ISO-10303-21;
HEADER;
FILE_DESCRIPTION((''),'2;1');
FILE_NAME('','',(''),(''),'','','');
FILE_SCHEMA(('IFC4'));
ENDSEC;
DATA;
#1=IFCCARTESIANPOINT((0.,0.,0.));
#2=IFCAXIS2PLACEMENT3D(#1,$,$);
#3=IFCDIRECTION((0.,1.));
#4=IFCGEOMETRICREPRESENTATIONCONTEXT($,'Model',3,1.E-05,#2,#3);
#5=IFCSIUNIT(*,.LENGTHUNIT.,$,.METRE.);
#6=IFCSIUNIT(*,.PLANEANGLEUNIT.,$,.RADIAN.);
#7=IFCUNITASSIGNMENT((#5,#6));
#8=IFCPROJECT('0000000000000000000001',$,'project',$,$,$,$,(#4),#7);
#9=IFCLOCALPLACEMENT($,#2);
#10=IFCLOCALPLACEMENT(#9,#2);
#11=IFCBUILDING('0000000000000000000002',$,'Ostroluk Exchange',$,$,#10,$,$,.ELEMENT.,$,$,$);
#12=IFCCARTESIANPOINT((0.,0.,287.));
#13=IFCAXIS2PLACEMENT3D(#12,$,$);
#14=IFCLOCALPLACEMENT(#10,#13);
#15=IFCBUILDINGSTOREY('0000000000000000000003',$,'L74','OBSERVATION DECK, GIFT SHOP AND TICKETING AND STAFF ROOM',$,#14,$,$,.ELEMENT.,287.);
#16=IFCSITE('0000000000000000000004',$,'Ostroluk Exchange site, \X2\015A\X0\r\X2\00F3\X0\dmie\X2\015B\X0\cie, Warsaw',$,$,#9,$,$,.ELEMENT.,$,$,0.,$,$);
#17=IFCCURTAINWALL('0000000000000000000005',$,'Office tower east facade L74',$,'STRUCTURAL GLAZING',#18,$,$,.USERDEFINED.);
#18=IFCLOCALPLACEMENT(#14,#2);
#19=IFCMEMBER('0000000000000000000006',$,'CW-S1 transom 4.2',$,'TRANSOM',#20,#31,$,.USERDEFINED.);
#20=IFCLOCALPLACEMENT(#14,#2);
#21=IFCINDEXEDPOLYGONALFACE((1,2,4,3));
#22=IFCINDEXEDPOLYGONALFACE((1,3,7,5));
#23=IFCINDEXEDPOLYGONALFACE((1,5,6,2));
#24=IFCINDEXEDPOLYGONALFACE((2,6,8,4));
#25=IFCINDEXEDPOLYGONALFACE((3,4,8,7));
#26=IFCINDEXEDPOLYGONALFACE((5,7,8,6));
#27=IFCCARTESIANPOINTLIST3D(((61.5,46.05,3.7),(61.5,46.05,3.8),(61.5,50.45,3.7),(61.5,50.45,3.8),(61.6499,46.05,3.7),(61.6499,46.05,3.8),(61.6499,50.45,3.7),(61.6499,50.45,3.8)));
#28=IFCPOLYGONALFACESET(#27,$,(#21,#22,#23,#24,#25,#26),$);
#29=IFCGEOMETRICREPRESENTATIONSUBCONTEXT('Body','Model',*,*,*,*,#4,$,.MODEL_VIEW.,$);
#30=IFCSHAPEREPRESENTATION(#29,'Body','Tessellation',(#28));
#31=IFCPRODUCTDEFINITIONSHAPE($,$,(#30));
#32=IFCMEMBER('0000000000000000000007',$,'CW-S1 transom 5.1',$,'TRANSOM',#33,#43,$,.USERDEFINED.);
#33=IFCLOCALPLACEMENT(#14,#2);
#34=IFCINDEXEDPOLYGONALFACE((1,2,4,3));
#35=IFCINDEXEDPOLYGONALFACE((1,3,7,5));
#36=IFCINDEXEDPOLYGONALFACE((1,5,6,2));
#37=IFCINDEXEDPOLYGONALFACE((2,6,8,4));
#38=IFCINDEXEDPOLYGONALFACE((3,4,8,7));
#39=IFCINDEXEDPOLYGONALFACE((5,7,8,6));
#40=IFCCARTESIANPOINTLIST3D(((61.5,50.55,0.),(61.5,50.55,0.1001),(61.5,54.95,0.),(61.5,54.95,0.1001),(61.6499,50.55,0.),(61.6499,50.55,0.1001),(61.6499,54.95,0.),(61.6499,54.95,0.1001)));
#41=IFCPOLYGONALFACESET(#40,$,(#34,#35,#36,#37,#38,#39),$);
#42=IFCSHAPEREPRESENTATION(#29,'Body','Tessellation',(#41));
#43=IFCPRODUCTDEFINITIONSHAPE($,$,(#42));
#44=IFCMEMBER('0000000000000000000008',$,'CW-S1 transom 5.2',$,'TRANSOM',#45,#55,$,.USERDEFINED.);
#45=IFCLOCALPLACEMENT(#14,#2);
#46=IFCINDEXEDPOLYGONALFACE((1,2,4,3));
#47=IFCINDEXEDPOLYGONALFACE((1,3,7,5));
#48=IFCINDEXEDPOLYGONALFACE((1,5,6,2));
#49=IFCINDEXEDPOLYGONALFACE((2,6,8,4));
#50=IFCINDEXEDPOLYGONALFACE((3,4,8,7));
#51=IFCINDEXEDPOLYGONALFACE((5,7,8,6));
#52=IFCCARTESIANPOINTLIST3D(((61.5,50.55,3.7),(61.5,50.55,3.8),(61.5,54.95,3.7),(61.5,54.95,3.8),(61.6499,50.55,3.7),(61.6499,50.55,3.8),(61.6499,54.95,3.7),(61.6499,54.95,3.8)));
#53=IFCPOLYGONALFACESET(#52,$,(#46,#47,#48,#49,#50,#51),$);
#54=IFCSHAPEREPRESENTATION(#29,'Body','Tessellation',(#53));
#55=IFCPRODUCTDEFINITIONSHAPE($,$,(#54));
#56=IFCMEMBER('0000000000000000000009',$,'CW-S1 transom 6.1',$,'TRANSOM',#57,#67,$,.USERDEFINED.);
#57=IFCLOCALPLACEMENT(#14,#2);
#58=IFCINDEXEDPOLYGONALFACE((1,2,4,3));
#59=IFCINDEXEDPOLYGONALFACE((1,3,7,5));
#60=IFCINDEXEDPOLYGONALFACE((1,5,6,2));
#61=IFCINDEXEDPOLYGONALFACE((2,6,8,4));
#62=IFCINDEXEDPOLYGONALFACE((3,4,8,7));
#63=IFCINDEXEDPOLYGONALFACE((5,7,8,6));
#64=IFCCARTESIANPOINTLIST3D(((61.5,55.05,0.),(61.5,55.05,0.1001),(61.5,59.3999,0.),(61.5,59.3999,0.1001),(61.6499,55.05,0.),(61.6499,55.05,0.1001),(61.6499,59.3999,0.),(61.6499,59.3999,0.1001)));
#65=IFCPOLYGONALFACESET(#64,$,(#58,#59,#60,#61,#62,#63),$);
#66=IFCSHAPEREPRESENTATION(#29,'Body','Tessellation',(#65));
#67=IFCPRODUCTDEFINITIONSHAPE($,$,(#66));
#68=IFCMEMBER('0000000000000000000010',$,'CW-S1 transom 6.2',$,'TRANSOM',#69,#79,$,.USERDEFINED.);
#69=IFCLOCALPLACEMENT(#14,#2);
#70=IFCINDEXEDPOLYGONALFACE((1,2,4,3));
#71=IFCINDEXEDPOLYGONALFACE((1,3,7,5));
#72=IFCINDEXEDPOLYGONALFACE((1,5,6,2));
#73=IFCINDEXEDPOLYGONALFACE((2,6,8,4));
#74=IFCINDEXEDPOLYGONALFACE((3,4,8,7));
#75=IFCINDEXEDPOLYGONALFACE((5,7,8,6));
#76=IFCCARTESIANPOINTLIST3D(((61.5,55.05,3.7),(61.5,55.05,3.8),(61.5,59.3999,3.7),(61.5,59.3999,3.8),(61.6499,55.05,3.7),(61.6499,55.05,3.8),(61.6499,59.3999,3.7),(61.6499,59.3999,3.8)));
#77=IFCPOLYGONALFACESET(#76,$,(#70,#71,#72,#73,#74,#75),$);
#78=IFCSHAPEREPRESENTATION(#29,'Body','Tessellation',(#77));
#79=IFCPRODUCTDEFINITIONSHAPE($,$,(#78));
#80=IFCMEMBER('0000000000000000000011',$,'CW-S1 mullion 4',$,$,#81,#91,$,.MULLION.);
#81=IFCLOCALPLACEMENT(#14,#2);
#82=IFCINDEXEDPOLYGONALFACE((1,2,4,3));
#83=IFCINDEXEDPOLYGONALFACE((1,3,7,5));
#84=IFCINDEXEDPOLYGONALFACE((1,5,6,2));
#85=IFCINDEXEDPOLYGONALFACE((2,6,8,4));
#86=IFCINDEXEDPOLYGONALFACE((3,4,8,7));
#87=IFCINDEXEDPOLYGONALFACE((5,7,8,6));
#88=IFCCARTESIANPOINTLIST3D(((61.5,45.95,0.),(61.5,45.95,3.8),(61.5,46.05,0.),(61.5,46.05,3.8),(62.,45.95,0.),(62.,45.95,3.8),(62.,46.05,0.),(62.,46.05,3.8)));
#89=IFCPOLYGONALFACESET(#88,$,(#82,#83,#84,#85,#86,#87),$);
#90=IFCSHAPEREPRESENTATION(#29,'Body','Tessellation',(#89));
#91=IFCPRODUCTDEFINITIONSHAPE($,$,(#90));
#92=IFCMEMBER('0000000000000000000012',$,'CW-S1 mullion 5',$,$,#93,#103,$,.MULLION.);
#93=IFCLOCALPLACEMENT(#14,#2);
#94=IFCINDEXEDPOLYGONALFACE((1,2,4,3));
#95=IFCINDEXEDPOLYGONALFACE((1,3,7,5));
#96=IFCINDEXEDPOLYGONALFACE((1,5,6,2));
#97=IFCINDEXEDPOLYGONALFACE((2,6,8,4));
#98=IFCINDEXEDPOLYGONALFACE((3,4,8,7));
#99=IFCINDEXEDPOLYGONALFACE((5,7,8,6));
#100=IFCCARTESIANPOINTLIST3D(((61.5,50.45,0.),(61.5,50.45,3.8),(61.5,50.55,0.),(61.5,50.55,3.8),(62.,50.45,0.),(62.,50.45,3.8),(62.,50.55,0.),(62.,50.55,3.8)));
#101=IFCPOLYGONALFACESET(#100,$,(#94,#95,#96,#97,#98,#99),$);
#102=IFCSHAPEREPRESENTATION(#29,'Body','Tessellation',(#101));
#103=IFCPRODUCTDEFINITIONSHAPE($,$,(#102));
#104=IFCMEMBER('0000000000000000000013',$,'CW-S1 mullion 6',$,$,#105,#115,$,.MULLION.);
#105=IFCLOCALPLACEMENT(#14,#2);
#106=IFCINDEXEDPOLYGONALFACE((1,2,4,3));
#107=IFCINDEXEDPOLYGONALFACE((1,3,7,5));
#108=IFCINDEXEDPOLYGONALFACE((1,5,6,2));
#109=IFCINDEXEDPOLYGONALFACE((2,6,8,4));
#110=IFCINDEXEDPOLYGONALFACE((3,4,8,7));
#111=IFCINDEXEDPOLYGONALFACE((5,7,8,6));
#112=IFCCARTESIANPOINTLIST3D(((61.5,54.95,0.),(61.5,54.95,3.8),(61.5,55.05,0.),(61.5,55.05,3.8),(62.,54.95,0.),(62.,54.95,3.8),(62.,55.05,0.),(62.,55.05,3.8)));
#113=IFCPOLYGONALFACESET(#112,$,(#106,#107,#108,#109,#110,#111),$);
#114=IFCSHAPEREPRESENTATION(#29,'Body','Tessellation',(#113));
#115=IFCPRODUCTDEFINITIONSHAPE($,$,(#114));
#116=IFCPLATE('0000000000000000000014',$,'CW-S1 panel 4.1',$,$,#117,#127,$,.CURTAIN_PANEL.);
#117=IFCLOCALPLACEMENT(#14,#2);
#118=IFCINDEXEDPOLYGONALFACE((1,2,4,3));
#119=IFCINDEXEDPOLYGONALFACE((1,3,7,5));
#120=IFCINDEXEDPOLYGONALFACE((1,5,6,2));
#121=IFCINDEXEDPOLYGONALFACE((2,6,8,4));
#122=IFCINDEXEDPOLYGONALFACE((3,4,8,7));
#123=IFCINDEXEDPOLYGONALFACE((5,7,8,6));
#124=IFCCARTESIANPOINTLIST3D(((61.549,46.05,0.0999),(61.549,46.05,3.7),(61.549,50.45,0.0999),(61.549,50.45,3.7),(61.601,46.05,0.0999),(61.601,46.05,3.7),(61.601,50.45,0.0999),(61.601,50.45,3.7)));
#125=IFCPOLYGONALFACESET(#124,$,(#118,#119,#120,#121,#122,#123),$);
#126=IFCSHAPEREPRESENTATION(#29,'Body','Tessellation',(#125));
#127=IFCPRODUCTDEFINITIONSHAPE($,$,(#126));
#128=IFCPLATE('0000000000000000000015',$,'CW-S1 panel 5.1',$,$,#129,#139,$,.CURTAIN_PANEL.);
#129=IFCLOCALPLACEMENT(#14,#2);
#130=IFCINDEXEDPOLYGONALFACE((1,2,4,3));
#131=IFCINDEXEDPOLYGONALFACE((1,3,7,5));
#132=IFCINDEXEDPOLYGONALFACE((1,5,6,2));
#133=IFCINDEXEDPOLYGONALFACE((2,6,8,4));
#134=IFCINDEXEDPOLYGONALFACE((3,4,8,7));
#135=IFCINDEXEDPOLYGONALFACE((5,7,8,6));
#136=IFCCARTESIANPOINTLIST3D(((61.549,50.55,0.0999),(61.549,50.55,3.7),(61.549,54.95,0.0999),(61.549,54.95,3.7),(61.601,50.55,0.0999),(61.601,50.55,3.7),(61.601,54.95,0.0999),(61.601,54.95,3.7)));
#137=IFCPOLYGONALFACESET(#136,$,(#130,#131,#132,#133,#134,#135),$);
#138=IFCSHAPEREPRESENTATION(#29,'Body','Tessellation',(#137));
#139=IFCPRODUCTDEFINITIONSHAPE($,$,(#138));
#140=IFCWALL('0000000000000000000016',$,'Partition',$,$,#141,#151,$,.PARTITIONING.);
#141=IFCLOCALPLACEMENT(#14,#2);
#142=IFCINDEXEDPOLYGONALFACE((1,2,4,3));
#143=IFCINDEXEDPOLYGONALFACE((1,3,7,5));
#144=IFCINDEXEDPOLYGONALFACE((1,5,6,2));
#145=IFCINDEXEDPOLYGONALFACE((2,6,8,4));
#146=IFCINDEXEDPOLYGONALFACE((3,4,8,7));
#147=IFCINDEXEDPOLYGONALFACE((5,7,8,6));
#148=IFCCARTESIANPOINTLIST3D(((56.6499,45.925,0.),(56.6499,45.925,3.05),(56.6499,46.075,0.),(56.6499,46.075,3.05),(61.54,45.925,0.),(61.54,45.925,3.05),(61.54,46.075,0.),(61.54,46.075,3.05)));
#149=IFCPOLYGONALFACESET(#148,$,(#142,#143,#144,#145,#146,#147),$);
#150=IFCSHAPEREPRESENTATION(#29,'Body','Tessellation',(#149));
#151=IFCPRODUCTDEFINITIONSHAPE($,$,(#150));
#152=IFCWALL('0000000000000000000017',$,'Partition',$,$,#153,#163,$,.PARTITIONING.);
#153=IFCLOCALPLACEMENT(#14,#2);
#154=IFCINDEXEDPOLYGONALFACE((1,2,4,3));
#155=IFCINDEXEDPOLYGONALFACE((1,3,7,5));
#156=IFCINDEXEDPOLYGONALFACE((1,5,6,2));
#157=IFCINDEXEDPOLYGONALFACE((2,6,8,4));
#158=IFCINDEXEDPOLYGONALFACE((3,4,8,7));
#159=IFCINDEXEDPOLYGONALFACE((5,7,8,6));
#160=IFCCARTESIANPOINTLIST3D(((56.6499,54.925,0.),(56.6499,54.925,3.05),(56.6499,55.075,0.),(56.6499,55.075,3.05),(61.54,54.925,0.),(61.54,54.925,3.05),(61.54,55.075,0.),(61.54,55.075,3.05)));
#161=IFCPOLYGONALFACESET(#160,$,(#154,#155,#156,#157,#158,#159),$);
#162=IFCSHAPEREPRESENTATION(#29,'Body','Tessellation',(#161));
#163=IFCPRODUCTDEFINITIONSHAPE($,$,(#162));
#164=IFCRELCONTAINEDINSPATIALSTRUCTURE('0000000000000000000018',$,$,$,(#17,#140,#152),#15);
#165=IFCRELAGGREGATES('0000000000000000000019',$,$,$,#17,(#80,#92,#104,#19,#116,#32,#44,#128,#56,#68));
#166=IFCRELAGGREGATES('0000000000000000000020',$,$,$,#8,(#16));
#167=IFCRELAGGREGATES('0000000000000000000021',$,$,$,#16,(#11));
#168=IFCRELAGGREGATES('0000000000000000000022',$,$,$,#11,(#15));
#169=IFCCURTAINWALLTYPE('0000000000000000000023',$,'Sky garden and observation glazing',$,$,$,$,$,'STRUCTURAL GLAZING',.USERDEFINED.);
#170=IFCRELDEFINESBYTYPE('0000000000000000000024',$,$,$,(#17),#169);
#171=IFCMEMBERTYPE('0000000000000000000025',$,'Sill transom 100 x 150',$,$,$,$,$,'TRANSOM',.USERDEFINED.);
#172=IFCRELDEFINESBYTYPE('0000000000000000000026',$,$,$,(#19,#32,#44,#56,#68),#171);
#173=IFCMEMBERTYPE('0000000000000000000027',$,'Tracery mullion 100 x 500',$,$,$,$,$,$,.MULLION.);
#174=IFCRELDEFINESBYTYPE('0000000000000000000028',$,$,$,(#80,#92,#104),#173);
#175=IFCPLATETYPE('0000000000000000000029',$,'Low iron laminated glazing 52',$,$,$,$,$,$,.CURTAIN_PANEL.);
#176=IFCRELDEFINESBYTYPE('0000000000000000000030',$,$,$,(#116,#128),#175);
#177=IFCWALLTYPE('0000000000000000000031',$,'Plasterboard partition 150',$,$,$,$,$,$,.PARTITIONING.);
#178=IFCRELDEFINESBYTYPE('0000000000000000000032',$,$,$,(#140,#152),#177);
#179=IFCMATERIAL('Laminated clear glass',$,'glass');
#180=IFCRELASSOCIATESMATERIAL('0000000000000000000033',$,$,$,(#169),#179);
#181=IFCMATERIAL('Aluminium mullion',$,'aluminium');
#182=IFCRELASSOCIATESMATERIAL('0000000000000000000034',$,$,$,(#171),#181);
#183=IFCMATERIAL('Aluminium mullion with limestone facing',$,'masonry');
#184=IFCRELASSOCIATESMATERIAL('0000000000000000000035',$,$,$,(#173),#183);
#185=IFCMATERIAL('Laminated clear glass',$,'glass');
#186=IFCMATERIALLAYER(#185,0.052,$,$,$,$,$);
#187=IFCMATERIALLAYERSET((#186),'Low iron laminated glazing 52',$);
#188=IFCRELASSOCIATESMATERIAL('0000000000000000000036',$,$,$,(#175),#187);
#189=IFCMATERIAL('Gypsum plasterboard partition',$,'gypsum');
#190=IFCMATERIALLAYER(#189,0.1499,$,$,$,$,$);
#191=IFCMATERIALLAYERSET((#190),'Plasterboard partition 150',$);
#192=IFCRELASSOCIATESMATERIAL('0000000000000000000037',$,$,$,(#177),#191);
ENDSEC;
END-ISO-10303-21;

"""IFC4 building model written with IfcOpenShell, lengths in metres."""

from ifc_helpers import new_model, si_unit, direction, frame, frame_2d, origin, origin_2d, place, context, subcontext, project, spatial, rectangle, extrude, material, layer, layer_set, material_profile, profile_set, type_object, element, aggregate, save


model = new_model("IFC4")

# Units and contexts
model_context = context("Model", 3, precision=1e-05, world=origin(), true_north=direction((0.0, 1.0)))
body_context = subcontext(model_context, "Body", "Model", "MODEL_VIEW")
ifc_project = project(units=[si_unit("LENGTHUNIT", "METRE"), si_unit("PLANEANGLEUNIT", "RADIAN")], contexts=[model_context])

# Site, building, storey
site_placement = place(None, origin())
site = spatial("IfcSite", under=ifc_project, at=site_placement, Name="Ostroluk Exchange site, Śródmieście, Warsaw", CompositionType="ELEMENT", RefElevation=0.0)
building_placement = place(site_placement, origin())
building = spatial("IfcBuilding", under=site, at=building_placement, Name="Ostroluk Exchange", CompositionType="ELEMENT")
storey_placement = place(building_placement, frame((0.0, 0.0, 287.0)))
storey = spatial("IfcBuildingStorey", under=building, at=storey_placement, Name="L74", Description="OBSERVATION DECK, GIFT SHOP AND TICKETING AND STAFF ROOM", CompositionType="ELEMENT", Elevation=287.0)

# Curtain wall, members, plates
ifc_material_1 = material(Name="Laminated clear glass", Category="glass")
curtain_wall_type = type_object("IfcCurtainWallType", Name="Sky garden and observation glazing", ElementType="STRUCTURAL GLAZING", PredefinedType="USERDEFINED", material=ifc_material_1)
curtain_wall_placement = place(storey_placement, origin())
curtain_wall = element("IfcCurtainWall", 1, at=curtain_wall_placement, inside=storey, type_object=curtain_wall_type, Name="Office tower east facade L74", ObjectType="STRUCTURAL GLAZING", PredefinedType="USERDEFINED")
ifc_material_2 = material(Name="Aluminium mullion", Category="aluminium")
ifc_material_profile_1 = material_profile(ifc_material_2, rectangle(XDim=0.1499, YDim=0.1001, at=origin_2d()), Name="Sill transom 100 x 150")
ifc_profile_set_1 = profile_set([ifc_material_profile_1], Name="Aluminium mullion")
member_type_1 = type_object("IfcMemberType", Name="Sill transom 100 x 150", ElementType="TRANSOM", PredefinedType="USERDEFINED", material=ifc_profile_set_1)
member_1_placement = place(storey_placement, frame((61.575, 46.05, 3.75), z_axis=(0.0, 1.0, 0.0), x_axis=(-1.0, 0.0, 0.0)))
member_1 = element("IfcMember", 2, at=member_1_placement, type_object=member_type_1, Name="CW-S1 transom 4.2", ObjectType="TRANSOM", PredefinedType="USERDEFINED", context=body_context, shape_type="SweptSolid", body=[
    extrude(rectangle(XDim=0.1499, YDim=0.1001, at=origin_2d()), origin(), (0.0, 0.0, 1.0), 4.3999),
])
member_2_placement = place(storey_placement, frame((61.575, 50.55, 0.05), z_axis=(0.0, 1.0, 0.0), x_axis=(-1.0, 0.0, 0.0)))
member_2 = element("IfcMember", 3, at=member_2_placement, type_object=member_type_1, Name="CW-S1 transom 5.1", ObjectType="TRANSOM", PredefinedType="USERDEFINED", context=body_context, shape_type="SweptSolid", body=[
    extrude(rectangle(XDim=0.1499, YDim=0.1001, at=origin_2d()), origin(), (0.0, 0.0, 1.0), 4.3999),
])
member_3_placement = place(storey_placement, frame((61.575, 50.55, 3.75), z_axis=(0.0, 1.0, 0.0), x_axis=(-1.0, 0.0, 0.0)))
member_3 = element("IfcMember", 4, at=member_3_placement, type_object=member_type_1, Name="CW-S1 transom 5.2", ObjectType="TRANSOM", PredefinedType="USERDEFINED", context=body_context, shape_type="SweptSolid", body=[
    extrude(rectangle(XDim=0.1499, YDim=0.1001, at=origin_2d()), origin(), (0.0, 0.0, 1.0), 4.3999),
])
member_4_placement = place(storey_placement, frame((61.575, 55.05, 0.05), z_axis=(0.0, 1.0, 0.0), x_axis=(-1.0, 0.0, 0.0)))
member_4 = element("IfcMember", 5, at=member_4_placement, type_object=member_type_1, Name="CW-S1 transom 6.1", ObjectType="TRANSOM", PredefinedType="USERDEFINED", context=body_context, shape_type="SweptSolid", body=[
    extrude(rectangle(XDim=0.1499, YDim=0.1001, at=origin_2d()), origin(), (0.0, 0.0, 1.0), 4.3499),
])
member_5_placement = place(storey_placement, frame((61.575, 55.05, 3.75), z_axis=(0.0, 1.0, 0.0), x_axis=(-1.0, 0.0, 0.0)))
member_5 = element("IfcMember", 6, at=member_5_placement, type_object=member_type_1, Name="CW-S1 transom 6.2", ObjectType="TRANSOM", PredefinedType="USERDEFINED", context=body_context, shape_type="SweptSolid", body=[
    extrude(rectangle(XDim=0.1499, YDim=0.1001, at=origin_2d()), origin(), (0.0, 0.0, 1.0), 4.3499),
])
ifc_material_3 = material(Name="Aluminium mullion with limestone facing", Category="masonry")
ifc_material_profile_2 = material_profile(ifc_material_3, rectangle(XDim=0.5, YDim=0.1001, at=origin_2d()), Name="Tracery mullion 100 x 500")
ifc_profile_set_2 = profile_set([ifc_material_profile_2], Name="Aluminium mullion with limestone facing")
member_type_2 = type_object("IfcMemberType", Name="Tracery mullion 100 x 500", PredefinedType="MULLION", material=ifc_profile_set_2)
member_6_placement = place(storey_placement, frame((61.75, 46.0, 0.0), z_axis=(0.0, 0.0, 1.0), x_axis=(-1.0, 0.0, 0.0)))
member_6 = element("IfcMember", 7, at=member_6_placement, type_object=member_type_2, Name="CW-S1 mullion 4", PredefinedType="MULLION", context=body_context, shape_type="SweptSolid", body=[
    extrude(rectangle(XDim=0.5, YDim=0.1001, at=origin_2d()), origin(), (0.0, 0.0, 1.0), 3.8),
])
member_7_placement = place(storey_placement, frame((61.75, 50.5, 0.0), z_axis=(0.0, 0.0, 1.0), x_axis=(-1.0, 0.0, 0.0)))
member_7 = element("IfcMember", 8, at=member_7_placement, type_object=member_type_2, Name="CW-S1 mullion 5", PredefinedType="MULLION", context=body_context, shape_type="SweptSolid", body=[
    extrude(rectangle(XDim=0.5, YDim=0.1001, at=origin_2d()), origin(), (0.0, 0.0, 1.0), 3.8),
])
member_8_placement = place(storey_placement, frame((61.75, 55.0, 0.0), z_axis=(0.0, 0.0, 1.0), x_axis=(-1.0, 0.0, 0.0)))
member_8 = element("IfcMember", 9, at=member_8_placement, type_object=member_type_2, Name="CW-S1 mullion 6", PredefinedType="MULLION", context=body_context, shape_type="SweptSolid", body=[
    extrude(rectangle(XDim=0.5, YDim=0.1001, at=origin_2d()), origin(), (0.0, 0.0, 1.0), 3.8),
])
ifc_material_4 = material(Name="Laminated clear glass", Category="glass")
ifc_layer_1 = layer(ifc_material_4, 0.052)
ifc_layer_set_1 = layer_set([ifc_layer_1], Name="Low iron laminated glazing 52")
plate_type = type_object("IfcPlateType", Name="Low iron laminated glazing 52", PredefinedType="CURTAIN_PANEL", material=ifc_layer_set_1)
plate_1_placement = place(storey_placement, frame((61.575, 48.25, 0.0999), z_axis=(0.0, 0.0, 1.0), x_axis=(0.0, 1.0, 0.0)))
plate_1 = element("IfcPlate", 10, at=plate_1_placement, type_object=plate_type, Name="CW-S1 panel 4.1", PredefinedType="CURTAIN_PANEL", context=body_context, shape_type="SweptSolid", body=[
    extrude(rectangle(XDim=4.3999, YDim=0.052, at=origin_2d()), origin(), (0.0, 0.0, 1.0), 3.6001),
])
plate_2_placement = place(storey_placement, frame((61.575, 52.75, 0.0999), z_axis=(0.0, 0.0, 1.0), x_axis=(0.0, 1.0, 0.0)))
plate_2 = element("IfcPlate", 11, at=plate_2_placement, type_object=plate_type, Name="CW-S1 panel 5.1", PredefinedType="CURTAIN_PANEL", context=body_context, shape_type="SweptSolid", body=[
    extrude(rectangle(XDim=4.3999, YDim=0.052, at=origin_2d()), origin(), (0.0, 0.0, 1.0), 3.6001),
])
aggregate(curtain_wall, [member_6, member_7, member_8, member_1, plate_1, member_2, member_3, plate_2, member_4, member_5])

# Walls
ifc_material_5 = material(Name="Gypsum plasterboard partition", Category="gypsum")
ifc_layer_2 = layer(ifc_material_5, 0.1499)
ifc_layer_set_2 = layer_set([ifc_layer_2], Name="Plasterboard partition 150")
wall_type = type_object("IfcWallType", Name="Plasterboard partition 150", PredefinedType="PARTITIONING", material=ifc_layer_set_2)
for number, where, z_axis, x_axis, name in (
    (12, (56.6499, 46.0, 0.0), (0.0, 0.0, 1.0), (1.0, 0.0, 0.0), "Partition"),
    (13, (56.6499, 55.0, 0.0), (0.0, 0.0, 1.0), (1.0, 0.0, 0.0), "Partition"),
):
    element("IfcWall", number, at=place(storey_placement, frame(where, z_axis=z_axis, x_axis=x_axis)), inside=storey, type_object=wall_type, Name=name, PredefinedType="PARTITIONING", context=body_context, shape_type="SweptSolid", body=[
        extrude(rectangle(XDim=4.8901, YDim=0.1499, at=frame_2d((2.4451, 0.0))), origin(), (0.0, 0.0, 1.0), 3.05),
    ])

save(model, "model.ifc")
